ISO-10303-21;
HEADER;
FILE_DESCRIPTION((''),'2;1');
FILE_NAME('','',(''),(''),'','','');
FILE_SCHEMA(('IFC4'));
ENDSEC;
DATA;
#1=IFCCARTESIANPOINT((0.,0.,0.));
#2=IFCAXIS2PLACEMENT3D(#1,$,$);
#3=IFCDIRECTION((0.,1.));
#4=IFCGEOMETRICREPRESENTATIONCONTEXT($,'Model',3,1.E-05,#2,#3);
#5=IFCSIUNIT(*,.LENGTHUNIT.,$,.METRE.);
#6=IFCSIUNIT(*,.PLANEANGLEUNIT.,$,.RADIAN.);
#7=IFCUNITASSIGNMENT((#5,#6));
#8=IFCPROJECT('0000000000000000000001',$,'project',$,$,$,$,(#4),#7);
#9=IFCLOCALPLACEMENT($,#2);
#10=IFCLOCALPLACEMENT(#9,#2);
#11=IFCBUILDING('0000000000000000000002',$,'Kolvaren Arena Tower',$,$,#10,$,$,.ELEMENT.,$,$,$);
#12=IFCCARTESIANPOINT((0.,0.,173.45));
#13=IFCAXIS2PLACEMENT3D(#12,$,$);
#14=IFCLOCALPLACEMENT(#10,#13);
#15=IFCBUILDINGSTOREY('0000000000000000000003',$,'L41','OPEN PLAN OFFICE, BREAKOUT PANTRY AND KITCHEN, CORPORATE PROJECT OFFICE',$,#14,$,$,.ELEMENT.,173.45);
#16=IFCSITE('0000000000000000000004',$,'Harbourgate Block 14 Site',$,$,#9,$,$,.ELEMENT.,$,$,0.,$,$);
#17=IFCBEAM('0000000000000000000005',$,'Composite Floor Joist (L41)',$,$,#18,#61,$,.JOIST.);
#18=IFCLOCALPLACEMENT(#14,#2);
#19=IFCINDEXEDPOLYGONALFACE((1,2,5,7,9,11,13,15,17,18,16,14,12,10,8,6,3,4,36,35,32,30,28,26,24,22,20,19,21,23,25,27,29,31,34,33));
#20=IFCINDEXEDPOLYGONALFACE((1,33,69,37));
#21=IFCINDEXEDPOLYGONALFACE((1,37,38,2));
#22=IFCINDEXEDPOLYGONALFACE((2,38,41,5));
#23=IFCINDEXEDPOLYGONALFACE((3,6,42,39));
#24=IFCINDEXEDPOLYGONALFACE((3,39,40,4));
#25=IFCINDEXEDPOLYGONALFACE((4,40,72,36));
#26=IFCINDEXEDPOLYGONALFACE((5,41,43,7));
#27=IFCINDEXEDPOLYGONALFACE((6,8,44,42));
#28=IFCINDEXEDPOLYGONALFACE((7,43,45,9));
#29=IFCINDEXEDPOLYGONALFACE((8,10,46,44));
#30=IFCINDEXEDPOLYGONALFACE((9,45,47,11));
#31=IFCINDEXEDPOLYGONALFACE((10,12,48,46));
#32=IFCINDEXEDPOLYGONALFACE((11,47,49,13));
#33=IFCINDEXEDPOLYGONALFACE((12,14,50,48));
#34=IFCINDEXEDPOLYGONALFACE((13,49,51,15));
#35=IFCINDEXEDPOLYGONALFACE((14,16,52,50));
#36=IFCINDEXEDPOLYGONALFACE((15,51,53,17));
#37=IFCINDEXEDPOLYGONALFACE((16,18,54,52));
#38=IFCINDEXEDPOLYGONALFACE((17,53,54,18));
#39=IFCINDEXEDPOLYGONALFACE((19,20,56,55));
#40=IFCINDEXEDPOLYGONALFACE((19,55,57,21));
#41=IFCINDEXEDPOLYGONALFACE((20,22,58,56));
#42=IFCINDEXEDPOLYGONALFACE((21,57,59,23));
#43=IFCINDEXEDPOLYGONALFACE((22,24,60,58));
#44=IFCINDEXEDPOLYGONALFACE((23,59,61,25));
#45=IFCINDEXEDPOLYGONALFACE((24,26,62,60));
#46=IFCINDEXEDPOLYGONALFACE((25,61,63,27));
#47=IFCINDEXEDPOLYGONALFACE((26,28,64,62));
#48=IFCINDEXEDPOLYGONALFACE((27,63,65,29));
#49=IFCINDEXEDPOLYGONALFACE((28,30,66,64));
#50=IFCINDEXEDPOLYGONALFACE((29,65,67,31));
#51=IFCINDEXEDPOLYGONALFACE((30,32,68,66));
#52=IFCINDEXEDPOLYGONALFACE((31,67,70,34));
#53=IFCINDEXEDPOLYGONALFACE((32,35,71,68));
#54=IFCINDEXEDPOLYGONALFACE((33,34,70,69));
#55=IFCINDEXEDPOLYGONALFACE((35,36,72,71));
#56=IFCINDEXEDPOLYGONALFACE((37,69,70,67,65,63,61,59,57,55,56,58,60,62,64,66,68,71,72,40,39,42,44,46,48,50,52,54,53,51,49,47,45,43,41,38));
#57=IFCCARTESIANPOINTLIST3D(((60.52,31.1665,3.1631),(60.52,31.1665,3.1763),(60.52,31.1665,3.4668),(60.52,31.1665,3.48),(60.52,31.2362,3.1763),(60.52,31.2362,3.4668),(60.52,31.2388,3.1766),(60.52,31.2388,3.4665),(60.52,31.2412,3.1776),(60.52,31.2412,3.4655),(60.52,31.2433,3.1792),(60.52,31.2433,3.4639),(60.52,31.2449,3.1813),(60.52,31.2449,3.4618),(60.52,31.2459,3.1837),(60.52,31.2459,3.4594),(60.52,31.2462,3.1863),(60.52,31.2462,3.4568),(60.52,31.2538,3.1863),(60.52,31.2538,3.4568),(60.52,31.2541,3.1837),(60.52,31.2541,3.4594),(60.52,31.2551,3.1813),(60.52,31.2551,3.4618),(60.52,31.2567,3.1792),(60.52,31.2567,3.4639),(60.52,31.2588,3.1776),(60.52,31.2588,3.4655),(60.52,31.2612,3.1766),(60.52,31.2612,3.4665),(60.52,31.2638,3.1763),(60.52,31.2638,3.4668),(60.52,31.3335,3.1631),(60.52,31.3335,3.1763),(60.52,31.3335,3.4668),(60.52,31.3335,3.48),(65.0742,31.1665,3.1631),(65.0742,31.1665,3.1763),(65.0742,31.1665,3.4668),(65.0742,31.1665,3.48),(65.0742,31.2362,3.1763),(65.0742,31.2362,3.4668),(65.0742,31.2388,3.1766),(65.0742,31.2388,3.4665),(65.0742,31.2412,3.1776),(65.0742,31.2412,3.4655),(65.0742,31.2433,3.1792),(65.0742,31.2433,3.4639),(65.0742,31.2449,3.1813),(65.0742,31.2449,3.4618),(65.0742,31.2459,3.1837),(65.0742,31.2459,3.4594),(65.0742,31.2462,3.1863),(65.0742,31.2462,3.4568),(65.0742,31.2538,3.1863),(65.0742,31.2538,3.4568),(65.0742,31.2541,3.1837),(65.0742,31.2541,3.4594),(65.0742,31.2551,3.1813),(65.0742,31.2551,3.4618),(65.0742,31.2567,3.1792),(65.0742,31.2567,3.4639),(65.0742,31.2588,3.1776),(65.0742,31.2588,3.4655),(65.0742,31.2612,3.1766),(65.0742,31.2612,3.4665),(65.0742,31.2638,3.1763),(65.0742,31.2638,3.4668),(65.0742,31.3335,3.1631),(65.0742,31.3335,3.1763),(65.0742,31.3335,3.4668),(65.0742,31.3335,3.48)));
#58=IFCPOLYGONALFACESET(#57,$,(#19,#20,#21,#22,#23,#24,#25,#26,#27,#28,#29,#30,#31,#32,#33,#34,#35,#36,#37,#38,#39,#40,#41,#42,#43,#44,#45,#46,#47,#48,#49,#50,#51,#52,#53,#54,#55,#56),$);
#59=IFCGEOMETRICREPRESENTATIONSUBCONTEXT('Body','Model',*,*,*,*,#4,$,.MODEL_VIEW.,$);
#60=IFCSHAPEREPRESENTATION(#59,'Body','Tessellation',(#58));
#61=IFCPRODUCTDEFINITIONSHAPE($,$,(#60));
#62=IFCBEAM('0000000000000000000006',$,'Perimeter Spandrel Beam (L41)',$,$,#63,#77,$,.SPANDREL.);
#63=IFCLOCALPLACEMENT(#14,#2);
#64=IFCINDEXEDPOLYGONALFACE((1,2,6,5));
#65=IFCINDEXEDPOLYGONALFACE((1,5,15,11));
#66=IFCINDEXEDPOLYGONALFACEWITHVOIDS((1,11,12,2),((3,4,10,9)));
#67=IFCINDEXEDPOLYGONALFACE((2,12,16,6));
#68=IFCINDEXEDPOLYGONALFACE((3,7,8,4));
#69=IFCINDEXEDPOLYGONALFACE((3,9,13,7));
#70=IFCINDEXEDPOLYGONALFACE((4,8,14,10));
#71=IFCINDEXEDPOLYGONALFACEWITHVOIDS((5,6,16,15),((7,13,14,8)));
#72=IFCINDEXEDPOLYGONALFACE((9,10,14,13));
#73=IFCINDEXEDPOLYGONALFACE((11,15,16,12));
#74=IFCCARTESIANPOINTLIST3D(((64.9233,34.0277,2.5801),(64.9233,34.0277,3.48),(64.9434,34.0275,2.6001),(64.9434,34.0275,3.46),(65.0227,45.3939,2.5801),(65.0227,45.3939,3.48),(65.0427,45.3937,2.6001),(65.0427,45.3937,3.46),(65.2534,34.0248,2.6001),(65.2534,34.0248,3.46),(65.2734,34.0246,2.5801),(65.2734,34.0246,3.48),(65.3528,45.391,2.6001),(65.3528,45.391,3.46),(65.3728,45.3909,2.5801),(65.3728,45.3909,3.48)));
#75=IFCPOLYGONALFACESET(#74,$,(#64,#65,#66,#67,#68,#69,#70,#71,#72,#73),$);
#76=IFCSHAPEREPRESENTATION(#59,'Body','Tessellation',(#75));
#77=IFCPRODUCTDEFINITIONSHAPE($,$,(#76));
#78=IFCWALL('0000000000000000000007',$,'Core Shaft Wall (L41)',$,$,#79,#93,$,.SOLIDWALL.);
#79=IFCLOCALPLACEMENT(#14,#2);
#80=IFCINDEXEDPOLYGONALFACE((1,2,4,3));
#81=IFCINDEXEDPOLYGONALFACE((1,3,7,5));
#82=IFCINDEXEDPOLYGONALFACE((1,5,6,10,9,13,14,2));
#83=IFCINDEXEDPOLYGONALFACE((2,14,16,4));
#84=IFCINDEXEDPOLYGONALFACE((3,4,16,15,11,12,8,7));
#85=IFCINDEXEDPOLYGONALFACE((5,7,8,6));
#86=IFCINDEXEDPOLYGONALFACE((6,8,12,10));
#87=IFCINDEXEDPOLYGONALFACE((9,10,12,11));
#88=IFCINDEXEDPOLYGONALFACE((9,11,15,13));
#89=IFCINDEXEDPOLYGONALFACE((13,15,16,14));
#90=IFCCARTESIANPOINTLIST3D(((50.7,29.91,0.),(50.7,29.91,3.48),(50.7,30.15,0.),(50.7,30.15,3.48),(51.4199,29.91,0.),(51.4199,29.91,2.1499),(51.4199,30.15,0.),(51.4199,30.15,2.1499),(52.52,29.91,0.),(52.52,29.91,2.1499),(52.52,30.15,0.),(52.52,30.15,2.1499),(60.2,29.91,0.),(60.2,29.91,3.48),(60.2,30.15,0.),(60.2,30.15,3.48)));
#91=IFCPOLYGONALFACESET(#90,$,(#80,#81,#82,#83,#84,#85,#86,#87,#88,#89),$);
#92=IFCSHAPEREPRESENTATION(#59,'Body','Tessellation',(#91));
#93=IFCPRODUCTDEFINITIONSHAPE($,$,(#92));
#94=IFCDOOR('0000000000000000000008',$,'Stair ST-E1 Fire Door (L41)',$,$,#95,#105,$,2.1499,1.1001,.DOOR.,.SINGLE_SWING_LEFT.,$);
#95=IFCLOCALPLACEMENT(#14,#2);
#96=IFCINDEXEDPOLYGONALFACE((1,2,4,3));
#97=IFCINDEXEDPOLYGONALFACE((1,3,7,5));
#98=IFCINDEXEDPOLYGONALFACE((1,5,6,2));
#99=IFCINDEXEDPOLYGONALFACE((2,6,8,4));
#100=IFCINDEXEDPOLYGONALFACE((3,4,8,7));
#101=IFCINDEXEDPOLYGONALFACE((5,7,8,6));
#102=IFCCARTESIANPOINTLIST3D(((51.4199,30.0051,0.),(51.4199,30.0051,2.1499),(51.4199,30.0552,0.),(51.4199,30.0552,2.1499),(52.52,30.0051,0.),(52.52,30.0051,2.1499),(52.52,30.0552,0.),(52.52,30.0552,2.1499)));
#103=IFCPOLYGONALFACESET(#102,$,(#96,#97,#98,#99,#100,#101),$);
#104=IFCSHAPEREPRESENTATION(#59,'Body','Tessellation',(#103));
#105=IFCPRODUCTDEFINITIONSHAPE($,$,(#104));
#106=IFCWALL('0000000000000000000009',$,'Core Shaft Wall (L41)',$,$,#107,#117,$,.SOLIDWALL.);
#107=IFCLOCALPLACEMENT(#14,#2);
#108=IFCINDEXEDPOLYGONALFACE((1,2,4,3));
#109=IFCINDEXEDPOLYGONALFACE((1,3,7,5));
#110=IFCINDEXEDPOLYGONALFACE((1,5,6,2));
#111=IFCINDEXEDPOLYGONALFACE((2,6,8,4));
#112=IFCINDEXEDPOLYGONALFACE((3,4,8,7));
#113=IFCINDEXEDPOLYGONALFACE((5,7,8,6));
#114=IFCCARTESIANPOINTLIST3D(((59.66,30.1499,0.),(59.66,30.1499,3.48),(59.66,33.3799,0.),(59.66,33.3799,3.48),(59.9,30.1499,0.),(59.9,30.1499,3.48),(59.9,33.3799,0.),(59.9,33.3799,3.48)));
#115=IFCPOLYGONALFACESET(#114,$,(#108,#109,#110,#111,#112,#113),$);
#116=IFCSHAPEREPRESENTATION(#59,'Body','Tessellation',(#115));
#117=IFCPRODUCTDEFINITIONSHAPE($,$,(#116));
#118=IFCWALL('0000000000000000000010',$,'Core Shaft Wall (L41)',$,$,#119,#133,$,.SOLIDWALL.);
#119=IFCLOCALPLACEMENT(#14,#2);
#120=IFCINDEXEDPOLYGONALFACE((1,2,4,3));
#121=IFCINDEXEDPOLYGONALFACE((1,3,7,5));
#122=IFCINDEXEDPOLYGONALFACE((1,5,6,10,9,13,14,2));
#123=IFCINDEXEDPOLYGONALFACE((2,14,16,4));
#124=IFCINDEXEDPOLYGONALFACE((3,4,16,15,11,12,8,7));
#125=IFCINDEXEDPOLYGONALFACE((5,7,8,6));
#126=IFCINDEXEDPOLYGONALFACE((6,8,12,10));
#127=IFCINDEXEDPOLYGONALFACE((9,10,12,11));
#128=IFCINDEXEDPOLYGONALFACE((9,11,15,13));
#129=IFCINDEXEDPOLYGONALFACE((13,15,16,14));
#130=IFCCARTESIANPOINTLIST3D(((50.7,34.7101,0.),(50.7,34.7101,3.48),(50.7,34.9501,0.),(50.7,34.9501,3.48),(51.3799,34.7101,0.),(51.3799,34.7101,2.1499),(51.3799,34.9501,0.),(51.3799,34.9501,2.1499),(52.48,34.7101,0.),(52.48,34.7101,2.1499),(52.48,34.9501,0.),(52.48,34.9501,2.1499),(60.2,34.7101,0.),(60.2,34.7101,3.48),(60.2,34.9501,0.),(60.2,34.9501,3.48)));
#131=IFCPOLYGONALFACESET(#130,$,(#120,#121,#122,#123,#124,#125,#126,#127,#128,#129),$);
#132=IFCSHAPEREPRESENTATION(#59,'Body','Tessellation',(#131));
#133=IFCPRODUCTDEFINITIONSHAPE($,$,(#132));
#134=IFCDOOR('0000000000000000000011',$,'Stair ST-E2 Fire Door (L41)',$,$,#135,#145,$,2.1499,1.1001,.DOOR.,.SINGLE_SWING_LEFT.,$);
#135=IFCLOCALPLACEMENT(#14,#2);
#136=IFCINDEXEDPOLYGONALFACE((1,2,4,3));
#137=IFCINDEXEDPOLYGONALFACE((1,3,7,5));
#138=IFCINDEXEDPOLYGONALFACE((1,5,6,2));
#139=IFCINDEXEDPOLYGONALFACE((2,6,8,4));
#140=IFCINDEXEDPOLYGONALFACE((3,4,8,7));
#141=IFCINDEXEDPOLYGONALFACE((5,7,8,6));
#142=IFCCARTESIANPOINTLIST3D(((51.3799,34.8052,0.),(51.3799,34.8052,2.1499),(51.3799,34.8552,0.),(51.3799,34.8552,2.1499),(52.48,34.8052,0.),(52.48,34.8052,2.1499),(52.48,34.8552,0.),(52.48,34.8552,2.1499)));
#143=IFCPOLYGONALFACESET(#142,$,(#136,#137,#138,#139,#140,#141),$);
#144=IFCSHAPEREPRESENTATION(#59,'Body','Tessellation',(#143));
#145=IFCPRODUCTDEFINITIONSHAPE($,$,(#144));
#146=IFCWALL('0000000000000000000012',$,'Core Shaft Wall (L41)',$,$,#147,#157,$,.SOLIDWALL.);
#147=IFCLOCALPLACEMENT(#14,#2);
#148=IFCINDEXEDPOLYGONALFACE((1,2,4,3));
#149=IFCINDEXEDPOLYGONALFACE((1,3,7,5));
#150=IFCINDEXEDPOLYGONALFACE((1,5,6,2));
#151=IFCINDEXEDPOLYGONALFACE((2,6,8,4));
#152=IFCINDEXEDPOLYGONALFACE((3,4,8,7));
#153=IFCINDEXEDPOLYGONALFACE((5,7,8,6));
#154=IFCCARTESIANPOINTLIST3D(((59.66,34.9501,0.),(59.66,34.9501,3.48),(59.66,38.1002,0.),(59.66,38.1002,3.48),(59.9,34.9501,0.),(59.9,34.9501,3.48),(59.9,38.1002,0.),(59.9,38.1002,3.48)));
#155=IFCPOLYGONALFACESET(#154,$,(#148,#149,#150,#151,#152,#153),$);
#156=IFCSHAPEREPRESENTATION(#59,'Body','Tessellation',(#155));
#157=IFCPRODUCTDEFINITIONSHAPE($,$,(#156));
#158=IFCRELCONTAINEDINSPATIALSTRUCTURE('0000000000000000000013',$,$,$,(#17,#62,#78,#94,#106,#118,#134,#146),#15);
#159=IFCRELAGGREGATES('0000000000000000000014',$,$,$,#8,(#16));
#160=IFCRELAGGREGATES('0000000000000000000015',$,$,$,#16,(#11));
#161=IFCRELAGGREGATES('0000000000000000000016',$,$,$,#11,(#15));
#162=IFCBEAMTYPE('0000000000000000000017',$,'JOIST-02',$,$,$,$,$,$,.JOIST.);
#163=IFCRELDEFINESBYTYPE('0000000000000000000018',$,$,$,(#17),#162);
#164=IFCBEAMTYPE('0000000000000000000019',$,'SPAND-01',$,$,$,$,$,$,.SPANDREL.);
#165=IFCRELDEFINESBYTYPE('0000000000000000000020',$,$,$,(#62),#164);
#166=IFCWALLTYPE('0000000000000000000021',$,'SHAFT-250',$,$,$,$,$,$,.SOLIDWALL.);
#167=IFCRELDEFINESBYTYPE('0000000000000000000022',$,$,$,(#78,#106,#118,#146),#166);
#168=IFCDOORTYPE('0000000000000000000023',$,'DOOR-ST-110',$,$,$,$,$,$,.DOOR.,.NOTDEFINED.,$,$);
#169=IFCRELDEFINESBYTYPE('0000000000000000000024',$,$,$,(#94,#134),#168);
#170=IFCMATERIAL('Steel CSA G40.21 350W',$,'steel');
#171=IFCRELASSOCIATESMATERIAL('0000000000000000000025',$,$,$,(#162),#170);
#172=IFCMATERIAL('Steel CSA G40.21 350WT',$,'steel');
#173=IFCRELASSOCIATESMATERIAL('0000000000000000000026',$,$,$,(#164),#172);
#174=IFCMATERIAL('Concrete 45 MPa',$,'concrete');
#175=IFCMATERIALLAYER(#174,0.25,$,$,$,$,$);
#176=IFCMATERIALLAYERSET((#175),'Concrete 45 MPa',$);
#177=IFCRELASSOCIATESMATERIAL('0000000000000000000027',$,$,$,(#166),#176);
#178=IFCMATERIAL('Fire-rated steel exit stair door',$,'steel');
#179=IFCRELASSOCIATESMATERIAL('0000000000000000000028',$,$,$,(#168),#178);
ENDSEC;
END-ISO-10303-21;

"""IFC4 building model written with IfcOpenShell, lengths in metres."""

from ifc_helpers import new_model, si_unit, direction, frame, frame_2d, origin, origin_2d, place, context, subcontext, project, spatial, rectangle, hollow_rectangle, i_section, extrude, material, layer, layer_set, material_profile, profile_set, type_object, element, fill, save


model = new_model("IFC4")

# Units and contexts
model_context = context("Model", 3, precision=1e-05, world=origin(), true_north=direction((0.0, 1.0)))
body_context = subcontext(model_context, "Body", "Model", "MODEL_VIEW")
ifc_project = project(units=[si_unit("LENGTHUNIT", "METRE"), si_unit("PLANEANGLEUNIT", "RADIAN")], contexts=[model_context])

# Site, building, storey
site_placement = place(None, origin())
site = spatial("IfcSite", under=ifc_project, at=site_placement, Name="Harbourgate Block 14 Site", CompositionType="ELEMENT", RefElevation=0.0)
building_placement = place(site_placement, origin())
building = spatial("IfcBuilding", under=site, at=building_placement, Name="Kolvaren Arena Tower", CompositionType="ELEMENT")
storey_placement = place(building_placement, frame((0.0, 0.0, 173.45)))
storey = spatial("IfcBuildingStorey", under=building, at=storey_placement, Name="L41", Description="OPEN PLAN OFFICE, BREAKOUT PANTRY AND KITCHEN, CORPORATE PROJECT OFFICE", CompositionType="ELEMENT", Elevation=173.45)

# Beams
ifc_material_1 = material(Name="Steel CSA G40.21 350W", Category="steel")
ifc_material_profile_1 = material_profile(ifc_material_1, i_section(OverallWidth=0.167, OverallDepth=0.3169, WebThickness=0.0076, FlangeThickness=0.0132, FilletRadius=0.01, at=origin_2d()), Name="W310x52")
ifc_profile_set_1 = profile_set([ifc_material_profile_1], Name="Steel CSA G40.21 350W")
beam_type_1 = type_object("IfcBeamType", Name="JOIST-02", PredefinedType="JOIST", material=ifc_profile_set_1)
beam_1_placement = place(storey_placement, frame((60.52, 31.25, 3.3215), z_axis=(1.0, 0.0, 0.0), x_axis=(0.0, 1.0, 0.0)))
element("IfcBeam", 1, at=beam_1_placement, inside=storey, type_object=beam_type_1, Name="Composite Floor Joist (L41)", PredefinedType="JOIST", context=body_context, shape_type="SweptSolid", body=[
    extrude(i_section(OverallWidth=0.167, OverallDepth=0.3169, WebThickness=0.0076, FlangeThickness=0.0132, FilletRadius=0.01, at=origin_2d()), origin(), (0.0, 0.0, 1.0), 4.5542),
])
ifc_material_2 = material(Name="Steel CSA G40.21 350WT", Category="steel")
ifc_material_profile_2 = material_profile(ifc_material_2, hollow_rectangle(XDim=0.3501, YDim=0.8999, WallThickness=0.02, at=origin_2d()), Name="HSS 900x350x20")
ifc_profile_set_2 = profile_set([ifc_material_profile_2], Name="Steel CSA G40.21 350WT")
beam_type_2 = type_object("IfcBeamType", Name="SPAND-01", PredefinedType="SPANDREL", material=ifc_profile_set_2)
beam_2_placement = place(storey_placement, frame((65.0984, 34.0261, 3.03), z_axis=(0.008742, 0.999962, 0.0), x_axis=(-0.999962, 0.008742, 0.0)))
element("IfcBeam", 2, at=beam_2_placement, inside=storey, type_object=beam_type_2, Name="Perimeter Spandrel Beam (L41)", PredefinedType="SPANDREL", context=body_context, shape_type="SweptSolid", body=[
    extrude(hollow_rectangle(XDim=0.3501, YDim=0.8999, WallThickness=0.02, at=origin_2d()), origin(), (0.0, 0.0, 1.0), 11.3667),
])

# Wall, opening, door
ifc_material_3 = material(Name="Concrete 45 MPa", Category="concrete")
ifc_layer = layer(ifc_material_3, 0.25)
ifc_layer_set = layer_set([ifc_layer], Name="Concrete 45 MPa")
wall_type = type_object("IfcWallType", Name="SHAFT-250", PredefinedType="SOLIDWALL", material=ifc_layer_set)
wall_1_placement = place(storey_placement, frame((60.2, 30.03, 0.0), z_axis=(0.0, 0.0, 1.0), x_axis=(-1.0, 0.0, 0.0)))
wall_1 = element("IfcWall", 3, at=wall_1_placement, inside=storey, type_object=wall_type, Name="Core Shaft Wall (L41)", PredefinedType="SOLIDWALL", context=body_context, shape_type="SweptSolid", body=[
    extrude(rectangle(XDim=9.5, YDim=0.24, at=frame_2d((4.75, 0.0))), origin(), (0.0, 0.0, 1.0), 3.48),
])
opening_1_placement = place(wall_1_placement, frame((7.6799, 0.0, 0.0)))
opening_1 = element("IfcOpeningElement", 4, at=opening_1_placement, cuts=wall_1, PredefinedType="OPENING", context=body_context, shape_type="SweptSolid", body=[
    extrude(rectangle(XDim=1.1001, YDim=2.1499, at=frame_2d((0.55, 1.075))), frame((0.0, 0.1299, 0.0), z_axis=(0.0, -1.0, 0.0), x_axis=(1.0, 0.0, 0.0)), (0.0, 0.0, 1.0), 0.26),
])
ifc_material_4 = material(Name="Fire-rated steel exit stair door", Category="steel")
door_type = type_object("IfcDoorType", Name="DOOR-ST-110", OperationType="NOTDEFINED", PredefinedType="DOOR", material=ifc_material_4)
door_1_placement = place(opening_1_placement, origin())
door_1 = element("IfcDoor", 5, at=door_1_placement, inside=storey, type_object=door_type, Name="Stair ST-E1 Fire Door (L41)", OperationType="SINGLE_SWING_LEFT", OverallHeight=2.1499, OverallWidth=1.1001, PredefinedType="DOOR", context=body_context, shape_type="SweptSolid", body=[
    extrude(rectangle(XDim=1.1001, YDim=2.1499, at=frame_2d((0.55, 1.075))), frame((0.0, 0.0249, 0.0), z_axis=(0.0, -1.0, 0.0), x_axis=(1.0, 0.0, 0.0)), (0.0, 0.0, 1.0), 0.05),
])
fill(opening_1, door_1)

# Wall
wall_2_placement = place(storey_placement, frame((59.78, 30.1499, 0.0), z_axis=(0.0, 0.0, 1.0), x_axis=(0.0, 1.0, 0.0)))
element("IfcWall", 6, at=wall_2_placement, inside=storey, type_object=wall_type, Name="Core Shaft Wall (L41)", PredefinedType="SOLIDWALL", context=body_context, shape_type="SweptSolid", body=[
    extrude(rectangle(XDim=3.23, YDim=0.24, at=frame_2d((1.615, 0.0))), origin(), (0.0, 0.0, 1.0), 3.48),
])

# Wall, opening, door
wall_3_placement = place(storey_placement, frame((60.2, 34.8301, 0.0), z_axis=(0.0, 0.0, 1.0), x_axis=(-1.0, 0.0, 0.0)))
wall_3 = element("IfcWall", 7, at=wall_3_placement, inside=storey, type_object=wall_type, Name="Core Shaft Wall (L41)", PredefinedType="SOLIDWALL", context=body_context, shape_type="SweptSolid", body=[
    extrude(rectangle(XDim=9.5, YDim=0.24, at=frame_2d((4.75, 0.0))), origin(), (0.0, 0.0, 1.0), 3.48),
])
opening_2_placement = place(wall_3_placement, frame((7.72, 0.0, 0.0)))
opening_2 = element("IfcOpeningElement", 8, at=opening_2_placement, cuts=wall_3, PredefinedType="OPENING", context=body_context, shape_type="SweptSolid", body=[
    extrude(rectangle(XDim=1.1001, YDim=2.1499, at=frame_2d((0.55, 1.075))), frame((0.0, 0.1299, 0.0), z_axis=(0.0, -1.0, 0.0), x_axis=(1.0, 0.0, 0.0)), (0.0, 0.0, 1.0), 0.26),
])
door_2_placement = place(opening_2_placement, origin())
door_2 = element("IfcDoor", 9, at=door_2_placement, inside=storey, type_object=door_type, Name="Stair ST-E2 Fire Door (L41)", OperationType="SINGLE_SWING_LEFT", OverallHeight=2.1499, OverallWidth=1.1001, PredefinedType="DOOR", context=body_context, shape_type="SweptSolid", body=[
    extrude(rectangle(XDim=1.1001, YDim=2.1499, at=frame_2d((0.55, 1.075))), frame((0.0, 0.0249, 0.0), z_axis=(0.0, -1.0, 0.0), x_axis=(1.0, 0.0, 0.0)), (0.0, 0.0, 1.0), 0.05),
])
fill(opening_2, door_2)

# Wall
wall_4_placement = place(storey_placement, frame((59.78, 34.95, 0.0), z_axis=(0.0, 0.0, 1.0), x_axis=(0.0, 1.0, 0.0)))
element("IfcWall", 10, at=wall_4_placement, inside=storey, type_object=wall_type, Name="Core Shaft Wall (L41)", PredefinedType="SOLIDWALL", context=body_context, shape_type="SweptSolid", body=[
    extrude(rectangle(XDim=3.1501, YDim=0.24, at=frame_2d((1.5752, 0.0))), origin(), (0.0, 0.0, 1.0), 3.48),
])

save(model, "model.ifc")
